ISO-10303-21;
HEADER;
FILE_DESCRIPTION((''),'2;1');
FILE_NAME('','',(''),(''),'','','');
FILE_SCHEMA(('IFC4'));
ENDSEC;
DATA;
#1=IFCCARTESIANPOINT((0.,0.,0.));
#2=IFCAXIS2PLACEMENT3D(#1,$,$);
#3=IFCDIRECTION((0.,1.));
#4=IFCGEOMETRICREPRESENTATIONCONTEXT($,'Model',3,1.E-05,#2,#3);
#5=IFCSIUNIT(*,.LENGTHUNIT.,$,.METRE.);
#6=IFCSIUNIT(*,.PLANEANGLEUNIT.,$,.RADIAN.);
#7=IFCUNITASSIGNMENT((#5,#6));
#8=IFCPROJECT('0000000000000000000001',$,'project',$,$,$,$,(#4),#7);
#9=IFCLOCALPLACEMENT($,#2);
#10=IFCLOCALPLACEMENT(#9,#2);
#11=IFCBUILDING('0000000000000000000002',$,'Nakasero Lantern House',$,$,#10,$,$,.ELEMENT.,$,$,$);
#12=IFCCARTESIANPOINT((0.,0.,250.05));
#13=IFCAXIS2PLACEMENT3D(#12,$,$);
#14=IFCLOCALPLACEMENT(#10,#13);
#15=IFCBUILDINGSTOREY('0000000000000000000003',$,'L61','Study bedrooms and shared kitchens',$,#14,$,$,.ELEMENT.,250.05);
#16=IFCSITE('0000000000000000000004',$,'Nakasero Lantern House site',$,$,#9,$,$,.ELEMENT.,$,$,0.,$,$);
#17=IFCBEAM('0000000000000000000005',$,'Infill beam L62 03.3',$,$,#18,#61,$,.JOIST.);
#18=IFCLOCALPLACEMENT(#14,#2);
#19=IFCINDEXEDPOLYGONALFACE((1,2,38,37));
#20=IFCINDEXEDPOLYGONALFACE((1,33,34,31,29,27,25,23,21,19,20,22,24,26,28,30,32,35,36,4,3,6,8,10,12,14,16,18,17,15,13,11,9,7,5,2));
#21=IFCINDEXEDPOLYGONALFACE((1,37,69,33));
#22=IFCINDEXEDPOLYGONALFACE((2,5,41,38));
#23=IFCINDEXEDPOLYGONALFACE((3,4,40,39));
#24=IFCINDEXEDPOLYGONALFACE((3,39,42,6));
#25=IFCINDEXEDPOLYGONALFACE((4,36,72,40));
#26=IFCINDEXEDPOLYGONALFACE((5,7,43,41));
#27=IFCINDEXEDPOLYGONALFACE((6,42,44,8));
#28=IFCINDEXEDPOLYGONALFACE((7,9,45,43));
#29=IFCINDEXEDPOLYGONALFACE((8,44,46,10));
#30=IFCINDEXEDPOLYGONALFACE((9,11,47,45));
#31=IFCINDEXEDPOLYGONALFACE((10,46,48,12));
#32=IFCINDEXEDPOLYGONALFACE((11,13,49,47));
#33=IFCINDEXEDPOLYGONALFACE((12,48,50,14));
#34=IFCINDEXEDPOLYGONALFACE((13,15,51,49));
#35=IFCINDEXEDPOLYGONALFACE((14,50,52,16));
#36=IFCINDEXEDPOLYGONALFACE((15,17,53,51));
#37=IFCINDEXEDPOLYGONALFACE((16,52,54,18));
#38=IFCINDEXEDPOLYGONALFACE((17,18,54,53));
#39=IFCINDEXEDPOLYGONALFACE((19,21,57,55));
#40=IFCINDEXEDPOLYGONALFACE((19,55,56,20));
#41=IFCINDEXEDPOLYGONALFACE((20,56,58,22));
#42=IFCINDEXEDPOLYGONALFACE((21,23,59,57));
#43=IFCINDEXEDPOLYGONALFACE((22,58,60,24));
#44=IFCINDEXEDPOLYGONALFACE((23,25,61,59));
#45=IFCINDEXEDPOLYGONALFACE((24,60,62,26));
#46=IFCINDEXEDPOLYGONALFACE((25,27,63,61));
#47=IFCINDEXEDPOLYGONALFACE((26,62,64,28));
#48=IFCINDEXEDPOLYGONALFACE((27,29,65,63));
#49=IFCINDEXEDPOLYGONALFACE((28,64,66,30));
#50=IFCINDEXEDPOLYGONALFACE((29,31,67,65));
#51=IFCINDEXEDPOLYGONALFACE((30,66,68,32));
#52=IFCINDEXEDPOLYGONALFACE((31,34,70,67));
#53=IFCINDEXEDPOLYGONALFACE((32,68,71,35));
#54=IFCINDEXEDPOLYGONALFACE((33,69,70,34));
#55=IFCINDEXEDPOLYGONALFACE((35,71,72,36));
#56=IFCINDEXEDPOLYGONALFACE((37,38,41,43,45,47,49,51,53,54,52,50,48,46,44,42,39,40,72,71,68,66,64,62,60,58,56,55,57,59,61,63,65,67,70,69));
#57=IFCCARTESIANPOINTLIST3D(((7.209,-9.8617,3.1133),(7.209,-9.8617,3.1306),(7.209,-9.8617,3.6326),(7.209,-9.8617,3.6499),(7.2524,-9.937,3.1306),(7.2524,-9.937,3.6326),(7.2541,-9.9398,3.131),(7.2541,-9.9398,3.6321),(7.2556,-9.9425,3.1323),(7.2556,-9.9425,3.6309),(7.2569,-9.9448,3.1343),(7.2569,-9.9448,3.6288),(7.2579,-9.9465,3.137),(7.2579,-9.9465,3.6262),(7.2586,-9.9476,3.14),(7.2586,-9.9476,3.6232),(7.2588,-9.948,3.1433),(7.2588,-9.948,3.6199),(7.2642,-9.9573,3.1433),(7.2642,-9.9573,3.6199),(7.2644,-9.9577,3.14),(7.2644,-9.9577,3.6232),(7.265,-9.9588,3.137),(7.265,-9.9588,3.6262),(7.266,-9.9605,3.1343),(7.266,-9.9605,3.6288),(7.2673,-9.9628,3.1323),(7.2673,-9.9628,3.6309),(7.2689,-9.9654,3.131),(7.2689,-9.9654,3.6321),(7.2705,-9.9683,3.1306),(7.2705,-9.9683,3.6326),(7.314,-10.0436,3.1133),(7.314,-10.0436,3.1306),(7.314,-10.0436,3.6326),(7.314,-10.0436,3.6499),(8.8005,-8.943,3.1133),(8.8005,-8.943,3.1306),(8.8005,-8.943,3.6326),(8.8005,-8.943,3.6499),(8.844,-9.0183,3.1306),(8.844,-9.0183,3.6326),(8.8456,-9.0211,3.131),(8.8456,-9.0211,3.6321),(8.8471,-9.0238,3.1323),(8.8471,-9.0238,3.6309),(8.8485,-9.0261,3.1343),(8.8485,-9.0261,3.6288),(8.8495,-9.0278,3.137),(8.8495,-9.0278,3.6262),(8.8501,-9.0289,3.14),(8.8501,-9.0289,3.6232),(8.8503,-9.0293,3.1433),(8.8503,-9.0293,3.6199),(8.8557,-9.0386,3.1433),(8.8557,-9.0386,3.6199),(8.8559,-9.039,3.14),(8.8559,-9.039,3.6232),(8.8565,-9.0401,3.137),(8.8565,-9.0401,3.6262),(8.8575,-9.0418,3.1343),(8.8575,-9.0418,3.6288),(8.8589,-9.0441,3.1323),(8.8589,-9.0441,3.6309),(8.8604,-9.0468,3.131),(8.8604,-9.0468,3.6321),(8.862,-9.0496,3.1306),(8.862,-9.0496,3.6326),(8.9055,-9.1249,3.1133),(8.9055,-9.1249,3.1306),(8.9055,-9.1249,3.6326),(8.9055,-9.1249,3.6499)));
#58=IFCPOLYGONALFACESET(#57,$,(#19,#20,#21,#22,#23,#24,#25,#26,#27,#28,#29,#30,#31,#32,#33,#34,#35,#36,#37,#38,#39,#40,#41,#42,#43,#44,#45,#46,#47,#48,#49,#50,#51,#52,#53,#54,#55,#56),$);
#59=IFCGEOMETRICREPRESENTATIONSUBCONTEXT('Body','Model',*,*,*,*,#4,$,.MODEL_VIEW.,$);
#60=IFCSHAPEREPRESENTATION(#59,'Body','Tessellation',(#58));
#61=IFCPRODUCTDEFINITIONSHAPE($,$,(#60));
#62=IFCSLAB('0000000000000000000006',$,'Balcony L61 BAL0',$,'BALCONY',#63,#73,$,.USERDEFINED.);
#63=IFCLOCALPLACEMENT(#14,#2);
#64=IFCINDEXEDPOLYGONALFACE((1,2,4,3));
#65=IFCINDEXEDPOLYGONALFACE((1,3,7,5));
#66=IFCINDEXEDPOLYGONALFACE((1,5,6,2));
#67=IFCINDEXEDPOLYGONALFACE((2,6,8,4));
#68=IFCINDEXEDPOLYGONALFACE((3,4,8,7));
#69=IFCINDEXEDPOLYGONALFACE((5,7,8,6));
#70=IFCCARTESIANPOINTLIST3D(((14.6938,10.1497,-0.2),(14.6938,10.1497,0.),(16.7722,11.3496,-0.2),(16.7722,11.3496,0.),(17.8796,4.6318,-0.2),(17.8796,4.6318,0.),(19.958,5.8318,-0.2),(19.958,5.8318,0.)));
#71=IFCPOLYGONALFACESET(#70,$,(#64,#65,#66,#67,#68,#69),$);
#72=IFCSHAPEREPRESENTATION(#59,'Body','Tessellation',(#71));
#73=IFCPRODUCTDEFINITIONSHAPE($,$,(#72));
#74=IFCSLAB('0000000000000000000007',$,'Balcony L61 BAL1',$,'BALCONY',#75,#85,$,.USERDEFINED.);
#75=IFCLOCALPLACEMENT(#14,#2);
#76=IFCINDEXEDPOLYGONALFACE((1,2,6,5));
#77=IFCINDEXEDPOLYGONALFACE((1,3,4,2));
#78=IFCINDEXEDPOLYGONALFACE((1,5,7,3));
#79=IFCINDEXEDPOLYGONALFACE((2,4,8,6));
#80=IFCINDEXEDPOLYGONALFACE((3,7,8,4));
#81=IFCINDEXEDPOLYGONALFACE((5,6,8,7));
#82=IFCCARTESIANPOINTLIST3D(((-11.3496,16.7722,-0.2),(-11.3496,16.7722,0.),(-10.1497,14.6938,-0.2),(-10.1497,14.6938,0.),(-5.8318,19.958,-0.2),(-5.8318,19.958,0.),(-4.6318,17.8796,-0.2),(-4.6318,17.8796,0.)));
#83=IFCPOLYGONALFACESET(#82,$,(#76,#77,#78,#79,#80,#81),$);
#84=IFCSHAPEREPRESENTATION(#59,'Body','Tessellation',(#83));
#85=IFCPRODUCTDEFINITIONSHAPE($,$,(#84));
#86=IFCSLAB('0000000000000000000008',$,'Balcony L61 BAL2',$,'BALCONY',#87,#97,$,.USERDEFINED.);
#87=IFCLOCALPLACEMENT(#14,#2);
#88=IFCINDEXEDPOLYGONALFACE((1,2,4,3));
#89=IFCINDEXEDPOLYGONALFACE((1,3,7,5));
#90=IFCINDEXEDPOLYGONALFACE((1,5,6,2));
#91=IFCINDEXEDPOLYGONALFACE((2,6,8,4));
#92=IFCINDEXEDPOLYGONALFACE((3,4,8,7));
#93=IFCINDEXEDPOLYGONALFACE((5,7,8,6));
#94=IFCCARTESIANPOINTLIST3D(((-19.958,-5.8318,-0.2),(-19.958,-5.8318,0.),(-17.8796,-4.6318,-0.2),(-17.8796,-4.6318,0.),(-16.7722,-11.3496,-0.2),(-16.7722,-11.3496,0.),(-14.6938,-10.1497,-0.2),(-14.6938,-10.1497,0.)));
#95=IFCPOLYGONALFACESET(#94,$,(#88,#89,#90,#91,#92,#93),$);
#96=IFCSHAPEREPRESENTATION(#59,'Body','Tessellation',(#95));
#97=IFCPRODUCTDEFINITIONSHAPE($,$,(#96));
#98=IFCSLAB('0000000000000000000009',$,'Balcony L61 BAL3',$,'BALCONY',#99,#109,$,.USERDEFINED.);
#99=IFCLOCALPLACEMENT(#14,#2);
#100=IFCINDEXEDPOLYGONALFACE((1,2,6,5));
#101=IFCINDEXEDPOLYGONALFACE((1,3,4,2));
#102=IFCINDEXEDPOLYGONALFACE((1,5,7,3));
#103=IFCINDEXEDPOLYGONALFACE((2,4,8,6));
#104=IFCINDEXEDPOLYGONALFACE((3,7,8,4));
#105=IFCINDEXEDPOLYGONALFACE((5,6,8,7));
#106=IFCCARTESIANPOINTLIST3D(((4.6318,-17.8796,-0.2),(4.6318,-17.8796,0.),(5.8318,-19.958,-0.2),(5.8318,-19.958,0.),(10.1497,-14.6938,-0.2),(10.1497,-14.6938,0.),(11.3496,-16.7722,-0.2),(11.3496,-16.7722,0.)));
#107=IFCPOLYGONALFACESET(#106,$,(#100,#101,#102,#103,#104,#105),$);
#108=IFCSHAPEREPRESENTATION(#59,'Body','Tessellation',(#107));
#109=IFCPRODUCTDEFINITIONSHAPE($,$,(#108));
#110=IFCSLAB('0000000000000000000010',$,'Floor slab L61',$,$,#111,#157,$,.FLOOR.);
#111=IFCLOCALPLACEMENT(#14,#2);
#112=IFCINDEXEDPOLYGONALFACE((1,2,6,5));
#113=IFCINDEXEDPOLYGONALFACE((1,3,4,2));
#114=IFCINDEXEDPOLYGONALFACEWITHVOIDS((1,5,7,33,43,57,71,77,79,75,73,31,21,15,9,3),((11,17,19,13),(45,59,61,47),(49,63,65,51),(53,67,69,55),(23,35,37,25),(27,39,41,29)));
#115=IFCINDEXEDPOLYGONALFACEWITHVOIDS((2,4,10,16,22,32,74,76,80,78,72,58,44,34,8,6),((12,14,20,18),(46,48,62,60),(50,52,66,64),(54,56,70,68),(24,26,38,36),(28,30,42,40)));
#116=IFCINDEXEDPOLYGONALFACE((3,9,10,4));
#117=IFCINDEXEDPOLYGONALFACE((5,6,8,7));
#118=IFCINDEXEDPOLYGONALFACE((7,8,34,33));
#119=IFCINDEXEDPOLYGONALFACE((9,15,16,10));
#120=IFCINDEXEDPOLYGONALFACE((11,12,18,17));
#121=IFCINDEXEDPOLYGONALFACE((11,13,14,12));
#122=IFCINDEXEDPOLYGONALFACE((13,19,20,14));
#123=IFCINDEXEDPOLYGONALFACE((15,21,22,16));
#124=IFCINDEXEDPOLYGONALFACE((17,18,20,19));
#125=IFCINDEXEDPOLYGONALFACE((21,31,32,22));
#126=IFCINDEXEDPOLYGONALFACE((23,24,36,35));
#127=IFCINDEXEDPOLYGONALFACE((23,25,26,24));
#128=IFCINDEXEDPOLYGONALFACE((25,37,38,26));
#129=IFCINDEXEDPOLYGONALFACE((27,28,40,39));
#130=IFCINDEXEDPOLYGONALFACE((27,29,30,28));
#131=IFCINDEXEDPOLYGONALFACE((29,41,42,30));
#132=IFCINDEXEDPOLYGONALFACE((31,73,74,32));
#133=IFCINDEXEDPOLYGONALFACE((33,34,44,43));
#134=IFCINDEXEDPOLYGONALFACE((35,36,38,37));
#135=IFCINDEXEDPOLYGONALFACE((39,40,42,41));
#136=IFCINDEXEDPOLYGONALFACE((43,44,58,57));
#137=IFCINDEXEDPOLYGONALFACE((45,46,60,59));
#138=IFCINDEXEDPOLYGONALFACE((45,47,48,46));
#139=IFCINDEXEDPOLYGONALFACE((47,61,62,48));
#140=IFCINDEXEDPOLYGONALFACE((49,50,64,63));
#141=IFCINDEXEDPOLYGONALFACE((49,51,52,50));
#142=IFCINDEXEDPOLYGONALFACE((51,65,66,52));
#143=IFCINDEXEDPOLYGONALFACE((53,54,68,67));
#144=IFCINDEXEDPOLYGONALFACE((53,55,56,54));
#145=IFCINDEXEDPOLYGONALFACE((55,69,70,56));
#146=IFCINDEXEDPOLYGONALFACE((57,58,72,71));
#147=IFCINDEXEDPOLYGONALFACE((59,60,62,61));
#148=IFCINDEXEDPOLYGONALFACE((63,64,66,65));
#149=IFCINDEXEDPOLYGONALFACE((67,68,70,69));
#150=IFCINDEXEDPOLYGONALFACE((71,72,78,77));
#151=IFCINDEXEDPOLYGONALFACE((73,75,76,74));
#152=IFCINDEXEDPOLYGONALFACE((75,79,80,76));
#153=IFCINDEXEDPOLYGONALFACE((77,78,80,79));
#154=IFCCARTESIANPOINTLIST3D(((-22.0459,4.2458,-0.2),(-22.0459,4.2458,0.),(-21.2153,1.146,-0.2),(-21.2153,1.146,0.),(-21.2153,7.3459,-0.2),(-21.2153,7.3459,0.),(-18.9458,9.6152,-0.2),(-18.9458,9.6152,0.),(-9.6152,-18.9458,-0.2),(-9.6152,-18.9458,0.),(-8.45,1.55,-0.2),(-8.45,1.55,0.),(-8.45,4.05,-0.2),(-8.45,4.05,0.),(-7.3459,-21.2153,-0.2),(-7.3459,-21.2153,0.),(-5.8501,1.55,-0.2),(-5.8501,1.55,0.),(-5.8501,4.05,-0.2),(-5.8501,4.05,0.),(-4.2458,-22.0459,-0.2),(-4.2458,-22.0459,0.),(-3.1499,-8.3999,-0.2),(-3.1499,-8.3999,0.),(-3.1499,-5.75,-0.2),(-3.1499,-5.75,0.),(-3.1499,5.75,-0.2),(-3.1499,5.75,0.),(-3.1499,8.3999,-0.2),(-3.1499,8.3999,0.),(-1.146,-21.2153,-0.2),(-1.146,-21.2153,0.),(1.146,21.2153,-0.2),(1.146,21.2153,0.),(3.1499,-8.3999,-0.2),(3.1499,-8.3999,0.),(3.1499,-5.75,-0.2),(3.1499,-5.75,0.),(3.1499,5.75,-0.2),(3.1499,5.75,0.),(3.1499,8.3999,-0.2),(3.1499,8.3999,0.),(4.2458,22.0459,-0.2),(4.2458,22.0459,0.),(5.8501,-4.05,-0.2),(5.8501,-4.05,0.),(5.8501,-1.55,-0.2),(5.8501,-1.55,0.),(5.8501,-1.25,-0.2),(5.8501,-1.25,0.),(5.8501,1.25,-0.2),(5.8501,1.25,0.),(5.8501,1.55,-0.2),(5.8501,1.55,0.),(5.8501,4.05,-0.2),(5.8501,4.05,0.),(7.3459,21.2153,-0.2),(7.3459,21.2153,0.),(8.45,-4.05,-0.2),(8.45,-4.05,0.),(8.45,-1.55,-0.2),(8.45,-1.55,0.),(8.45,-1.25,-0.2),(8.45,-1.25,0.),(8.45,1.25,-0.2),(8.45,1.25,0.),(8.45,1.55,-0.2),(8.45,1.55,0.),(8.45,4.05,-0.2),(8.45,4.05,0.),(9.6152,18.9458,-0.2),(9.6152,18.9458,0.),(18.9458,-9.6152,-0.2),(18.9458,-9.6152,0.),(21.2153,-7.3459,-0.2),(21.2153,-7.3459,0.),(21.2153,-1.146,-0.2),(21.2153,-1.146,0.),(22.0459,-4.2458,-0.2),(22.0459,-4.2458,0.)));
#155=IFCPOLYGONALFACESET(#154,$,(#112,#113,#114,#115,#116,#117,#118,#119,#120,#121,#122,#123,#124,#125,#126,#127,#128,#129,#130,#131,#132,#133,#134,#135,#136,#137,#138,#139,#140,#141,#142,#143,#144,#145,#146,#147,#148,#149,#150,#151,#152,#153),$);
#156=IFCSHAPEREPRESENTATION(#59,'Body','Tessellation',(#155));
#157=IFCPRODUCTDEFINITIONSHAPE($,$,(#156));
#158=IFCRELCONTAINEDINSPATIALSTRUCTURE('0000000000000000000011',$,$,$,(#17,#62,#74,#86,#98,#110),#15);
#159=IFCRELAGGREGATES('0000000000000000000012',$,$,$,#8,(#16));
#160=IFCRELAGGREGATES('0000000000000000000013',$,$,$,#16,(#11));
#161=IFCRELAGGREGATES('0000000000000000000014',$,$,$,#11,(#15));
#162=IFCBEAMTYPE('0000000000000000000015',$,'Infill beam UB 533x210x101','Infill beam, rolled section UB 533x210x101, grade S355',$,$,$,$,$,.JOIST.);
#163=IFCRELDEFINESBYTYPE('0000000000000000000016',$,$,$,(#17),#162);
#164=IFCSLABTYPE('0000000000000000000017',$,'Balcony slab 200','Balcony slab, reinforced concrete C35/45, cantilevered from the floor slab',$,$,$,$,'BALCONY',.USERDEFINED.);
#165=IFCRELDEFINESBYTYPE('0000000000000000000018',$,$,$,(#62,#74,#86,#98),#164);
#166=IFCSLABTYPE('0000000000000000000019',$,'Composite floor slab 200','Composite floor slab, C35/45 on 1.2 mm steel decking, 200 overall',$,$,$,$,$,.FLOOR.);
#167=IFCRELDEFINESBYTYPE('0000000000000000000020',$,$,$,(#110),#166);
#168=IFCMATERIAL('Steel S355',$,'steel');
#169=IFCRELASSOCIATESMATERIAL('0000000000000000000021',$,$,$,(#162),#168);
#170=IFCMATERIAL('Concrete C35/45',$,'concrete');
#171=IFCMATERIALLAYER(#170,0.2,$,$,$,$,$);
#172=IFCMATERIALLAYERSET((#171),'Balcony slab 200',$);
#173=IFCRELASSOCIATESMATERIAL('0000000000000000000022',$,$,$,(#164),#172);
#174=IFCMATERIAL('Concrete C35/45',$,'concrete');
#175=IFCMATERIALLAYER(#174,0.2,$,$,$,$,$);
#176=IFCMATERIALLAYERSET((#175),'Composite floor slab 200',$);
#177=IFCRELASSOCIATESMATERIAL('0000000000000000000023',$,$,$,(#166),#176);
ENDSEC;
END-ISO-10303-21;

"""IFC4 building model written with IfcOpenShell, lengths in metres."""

from ifc_helpers import new_model, si_unit, direction, frame, origin, origin_2d, place, context, subcontext, project, spatial, polyline, i_section, outline, extrude, material, layer, layer_set, material_profile, profile_set, type_object, element, save


model = new_model("IFC4")

# Units and contexts
model_context = context("Model", 3, precision=1e-05, world=origin(), true_north=direction((0.0, 1.0)))
body_context = subcontext(model_context, "Body", "Model", "MODEL_VIEW")
ifc_project = project(units=[si_unit("LENGTHUNIT", "METRE"), si_unit("PLANEANGLEUNIT", "RADIAN")], contexts=[model_context])

# Site, building, storey
site_placement = place(None, origin())
site = spatial("IfcSite", under=ifc_project, at=site_placement, Name="Nakasero Lantern House site", CompositionType="ELEMENT", RefElevation=0.0)
building_placement = place(site_placement, origin())
building = spatial("IfcBuilding", under=site, at=building_placement, Name="Nakasero Lantern House", CompositionType="ELEMENT")
storey_placement = place(building_placement, frame((0.0, 0.0, 250.05)))
storey = spatial("IfcBuildingStorey", under=building, at=storey_placement, Name="L61", Description="Study bedrooms and shared kitchens", CompositionType="ELEMENT", Elevation=250.05)

# Beam
ifc_material_1 = material(Name="Steel S355", Category="steel")
ifc_material_profile = material_profile(ifc_material_1, i_section(OverallWidth=0.21, OverallDepth=0.5366, WebThickness=0.0107, FlangeThickness=0.0173, FilletRadius=0.0127, at=origin_2d()), Name="UB 533x210x101")
ifc_profile_set = profile_set([ifc_material_profile], Name="Steel S355")
beam_type = type_object("IfcBeamType", Name="Infill beam UB 533x210x101", Description="Infill beam, rolled section UB 533x210x101, grade S355", PredefinedType="JOIST", material=ifc_profile_set)
beam_placement = place(storey_placement, frame((7.2615, -9.9526, 3.3816), z_axis=(0.866068, 0.499926, 0.0), x_axis=(-0.499926, 0.866068, 0.0)))
element("IfcBeam", 1, at=beam_placement, inside=storey, type_object=beam_type, Name="Infill beam L62 03.3", PredefinedType="JOIST", context=body_context, shape_type="SweptSolid", body=[
    extrude(i_section(OverallWidth=0.21, OverallDepth=0.5366, WebThickness=0.0107, FlangeThickness=0.0173, FilletRadius=0.0127, at=origin_2d()), origin(), (0.0, 0.0, 1.0), 1.8376),
])

# Slabs
ifc_material_2 = material(Name="Concrete C35/45", Category="concrete")
ifc_layer_1 = layer(ifc_material_2, 0.2)
ifc_layer_set_1 = layer_set([ifc_layer_1], Name="Balcony slab 200")
slab_type_1 = type_object("IfcSlabType", Name="Balcony slab 200", Description="Balcony slab, reinforced concrete C35/45, cantilevered from the floor slab", ElementType="BALCONY", PredefinedType="USERDEFINED", material=ifc_layer_set_1)
slab_1_placement = place(storey_placement, frame((0.0, 0.0, -0.2)))
element("IfcSlab", 2, at=slab_1_placement, inside=storey, type_object=slab_type_1, Name="Balcony L61 BAL0", ObjectType="BALCONY", PredefinedType="USERDEFINED", context=body_context, shape_type="SweptSolid", body=[
    extrude(outline(polyline([(17.8796, 4.6318), (19.958, 5.8318), (16.7722, 11.3496), (14.6938, 10.1497), (17.8796, 4.6318)])), origin(), (0.0, 0.0, 1.0), 0.2),
])
slab_2_placement = place(storey_placement, frame((0.0, 0.0, -0.2)))
element("IfcSlab", 3, at=slab_2_placement, inside=storey, type_object=slab_type_1, Name="Balcony L61 BAL1", ObjectType="BALCONY", PredefinedType="USERDEFINED", context=body_context, shape_type="SweptSolid", body=[
    extrude(outline(polyline([(-4.6318, 17.8796), (-5.8318, 19.958), (-11.3496, 16.7722), (-10.1497, 14.6938), (-4.6318, 17.8796)])), origin(), (0.0, 0.0, 1.0), 0.2),
])
slab_3_placement = place(storey_placement, frame((0.0, 0.0, -0.2)))
element("IfcSlab", 4, at=slab_3_placement, inside=storey, type_object=slab_type_1, Name="Balcony L61 BAL2", ObjectType="BALCONY", PredefinedType="USERDEFINED", context=body_context, shape_type="SweptSolid", body=[
    extrude(outline(polyline([(-17.8796, -4.6318), (-19.958, -5.8318), (-16.7722, -11.3496), (-14.6938, -10.1497), (-17.8796, -4.6318)])), origin(), (0.0, 0.0, 1.0), 0.2),
])
slab_4_placement = place(storey_placement, frame((0.0, 0.0, -0.2)))
element("IfcSlab", 5, at=slab_4_placement, inside=storey, type_object=slab_type_1, Name="Balcony L61 BAL3", ObjectType="BALCONY", PredefinedType="USERDEFINED", context=body_context, shape_type="SweptSolid", body=[
    extrude(outline(polyline([(4.6318, -17.8796), (5.8318, -19.958), (11.3496, -16.7722), (10.1497, -14.6938), (4.6318, -17.8796)])), origin(), (0.0, 0.0, 1.0), 0.2),
])
ifc_material_3 = material(Name="Concrete C35/45", Category="concrete")
ifc_layer_2 = layer(ifc_material_3, 0.2)
ifc_layer_set_2 = layer_set([ifc_layer_2], Name="Composite floor slab 200")
slab_type_2 = type_object("IfcSlabType", Name="Composite floor slab 200", Description="Composite floor slab, C35/45 on 1.2 mm steel decking, 200 overall", PredefinedType="FLOOR", material=ifc_layer_set_2)
slab_5_placement = place(storey_placement, frame((0.0, 0.0, -0.2)))
element("IfcSlab", 6, at=slab_5_placement, inside=storey, type_object=slab_type_2, Name="Floor slab L61", PredefinedType="FLOOR", context=body_context, shape_type="SweptSolid", body=[
    extrude(outline(polyline([(9.6152, 18.9458), (7.3459, 21.2153), (4.2458, 22.0459), (1.146, 21.2153), (-18.9458, 9.6152), (-21.2153, 7.3459), (-22.0459, 4.2458), (-21.2153, 1.146), (-9.6152, -18.9458), (-7.3459, -21.2153), (-4.2458, -22.0459), (-1.146, -21.2153), (18.9458, -9.6152), (21.2153, -7.3459), (22.0459, -4.2458), (21.2153, -1.146), (9.6152, 18.9458)]), holes=[polyline([(-8.45, 1.55), (-5.8501, 1.55), (-5.8501, 4.05), (-8.45, 4.05), (-8.45, 1.55)]), polyline([(5.8501, -4.05), (8.45, -4.05), (8.45, -1.55), (5.8501, -1.55), (5.8501, -4.05)]), polyline([(5.8501, -1.25), (8.45, -1.25), (8.45, 1.25), (5.8501, 1.25), (5.8501, -1.25)]), polyline([(5.8501, 1.55), (8.45, 1.55), (8.45, 4.05), (5.8501, 4.05), (5.8501, 1.55)]), polyline([(-3.1499, 5.75), (3.1499, 5.75), (3.1499, 8.3999), (-3.1499, 8.3999), (-3.1499, 5.75)]), polyline([(-3.1499, -8.3999), (3.1499, -8.3999), (3.1499, -5.75), (-3.1499, -5.75), (-3.1499, -8.3999)])]), origin(), (0.0, 0.0, 1.0), 0.2),
])

save(model, "model.ifc")
